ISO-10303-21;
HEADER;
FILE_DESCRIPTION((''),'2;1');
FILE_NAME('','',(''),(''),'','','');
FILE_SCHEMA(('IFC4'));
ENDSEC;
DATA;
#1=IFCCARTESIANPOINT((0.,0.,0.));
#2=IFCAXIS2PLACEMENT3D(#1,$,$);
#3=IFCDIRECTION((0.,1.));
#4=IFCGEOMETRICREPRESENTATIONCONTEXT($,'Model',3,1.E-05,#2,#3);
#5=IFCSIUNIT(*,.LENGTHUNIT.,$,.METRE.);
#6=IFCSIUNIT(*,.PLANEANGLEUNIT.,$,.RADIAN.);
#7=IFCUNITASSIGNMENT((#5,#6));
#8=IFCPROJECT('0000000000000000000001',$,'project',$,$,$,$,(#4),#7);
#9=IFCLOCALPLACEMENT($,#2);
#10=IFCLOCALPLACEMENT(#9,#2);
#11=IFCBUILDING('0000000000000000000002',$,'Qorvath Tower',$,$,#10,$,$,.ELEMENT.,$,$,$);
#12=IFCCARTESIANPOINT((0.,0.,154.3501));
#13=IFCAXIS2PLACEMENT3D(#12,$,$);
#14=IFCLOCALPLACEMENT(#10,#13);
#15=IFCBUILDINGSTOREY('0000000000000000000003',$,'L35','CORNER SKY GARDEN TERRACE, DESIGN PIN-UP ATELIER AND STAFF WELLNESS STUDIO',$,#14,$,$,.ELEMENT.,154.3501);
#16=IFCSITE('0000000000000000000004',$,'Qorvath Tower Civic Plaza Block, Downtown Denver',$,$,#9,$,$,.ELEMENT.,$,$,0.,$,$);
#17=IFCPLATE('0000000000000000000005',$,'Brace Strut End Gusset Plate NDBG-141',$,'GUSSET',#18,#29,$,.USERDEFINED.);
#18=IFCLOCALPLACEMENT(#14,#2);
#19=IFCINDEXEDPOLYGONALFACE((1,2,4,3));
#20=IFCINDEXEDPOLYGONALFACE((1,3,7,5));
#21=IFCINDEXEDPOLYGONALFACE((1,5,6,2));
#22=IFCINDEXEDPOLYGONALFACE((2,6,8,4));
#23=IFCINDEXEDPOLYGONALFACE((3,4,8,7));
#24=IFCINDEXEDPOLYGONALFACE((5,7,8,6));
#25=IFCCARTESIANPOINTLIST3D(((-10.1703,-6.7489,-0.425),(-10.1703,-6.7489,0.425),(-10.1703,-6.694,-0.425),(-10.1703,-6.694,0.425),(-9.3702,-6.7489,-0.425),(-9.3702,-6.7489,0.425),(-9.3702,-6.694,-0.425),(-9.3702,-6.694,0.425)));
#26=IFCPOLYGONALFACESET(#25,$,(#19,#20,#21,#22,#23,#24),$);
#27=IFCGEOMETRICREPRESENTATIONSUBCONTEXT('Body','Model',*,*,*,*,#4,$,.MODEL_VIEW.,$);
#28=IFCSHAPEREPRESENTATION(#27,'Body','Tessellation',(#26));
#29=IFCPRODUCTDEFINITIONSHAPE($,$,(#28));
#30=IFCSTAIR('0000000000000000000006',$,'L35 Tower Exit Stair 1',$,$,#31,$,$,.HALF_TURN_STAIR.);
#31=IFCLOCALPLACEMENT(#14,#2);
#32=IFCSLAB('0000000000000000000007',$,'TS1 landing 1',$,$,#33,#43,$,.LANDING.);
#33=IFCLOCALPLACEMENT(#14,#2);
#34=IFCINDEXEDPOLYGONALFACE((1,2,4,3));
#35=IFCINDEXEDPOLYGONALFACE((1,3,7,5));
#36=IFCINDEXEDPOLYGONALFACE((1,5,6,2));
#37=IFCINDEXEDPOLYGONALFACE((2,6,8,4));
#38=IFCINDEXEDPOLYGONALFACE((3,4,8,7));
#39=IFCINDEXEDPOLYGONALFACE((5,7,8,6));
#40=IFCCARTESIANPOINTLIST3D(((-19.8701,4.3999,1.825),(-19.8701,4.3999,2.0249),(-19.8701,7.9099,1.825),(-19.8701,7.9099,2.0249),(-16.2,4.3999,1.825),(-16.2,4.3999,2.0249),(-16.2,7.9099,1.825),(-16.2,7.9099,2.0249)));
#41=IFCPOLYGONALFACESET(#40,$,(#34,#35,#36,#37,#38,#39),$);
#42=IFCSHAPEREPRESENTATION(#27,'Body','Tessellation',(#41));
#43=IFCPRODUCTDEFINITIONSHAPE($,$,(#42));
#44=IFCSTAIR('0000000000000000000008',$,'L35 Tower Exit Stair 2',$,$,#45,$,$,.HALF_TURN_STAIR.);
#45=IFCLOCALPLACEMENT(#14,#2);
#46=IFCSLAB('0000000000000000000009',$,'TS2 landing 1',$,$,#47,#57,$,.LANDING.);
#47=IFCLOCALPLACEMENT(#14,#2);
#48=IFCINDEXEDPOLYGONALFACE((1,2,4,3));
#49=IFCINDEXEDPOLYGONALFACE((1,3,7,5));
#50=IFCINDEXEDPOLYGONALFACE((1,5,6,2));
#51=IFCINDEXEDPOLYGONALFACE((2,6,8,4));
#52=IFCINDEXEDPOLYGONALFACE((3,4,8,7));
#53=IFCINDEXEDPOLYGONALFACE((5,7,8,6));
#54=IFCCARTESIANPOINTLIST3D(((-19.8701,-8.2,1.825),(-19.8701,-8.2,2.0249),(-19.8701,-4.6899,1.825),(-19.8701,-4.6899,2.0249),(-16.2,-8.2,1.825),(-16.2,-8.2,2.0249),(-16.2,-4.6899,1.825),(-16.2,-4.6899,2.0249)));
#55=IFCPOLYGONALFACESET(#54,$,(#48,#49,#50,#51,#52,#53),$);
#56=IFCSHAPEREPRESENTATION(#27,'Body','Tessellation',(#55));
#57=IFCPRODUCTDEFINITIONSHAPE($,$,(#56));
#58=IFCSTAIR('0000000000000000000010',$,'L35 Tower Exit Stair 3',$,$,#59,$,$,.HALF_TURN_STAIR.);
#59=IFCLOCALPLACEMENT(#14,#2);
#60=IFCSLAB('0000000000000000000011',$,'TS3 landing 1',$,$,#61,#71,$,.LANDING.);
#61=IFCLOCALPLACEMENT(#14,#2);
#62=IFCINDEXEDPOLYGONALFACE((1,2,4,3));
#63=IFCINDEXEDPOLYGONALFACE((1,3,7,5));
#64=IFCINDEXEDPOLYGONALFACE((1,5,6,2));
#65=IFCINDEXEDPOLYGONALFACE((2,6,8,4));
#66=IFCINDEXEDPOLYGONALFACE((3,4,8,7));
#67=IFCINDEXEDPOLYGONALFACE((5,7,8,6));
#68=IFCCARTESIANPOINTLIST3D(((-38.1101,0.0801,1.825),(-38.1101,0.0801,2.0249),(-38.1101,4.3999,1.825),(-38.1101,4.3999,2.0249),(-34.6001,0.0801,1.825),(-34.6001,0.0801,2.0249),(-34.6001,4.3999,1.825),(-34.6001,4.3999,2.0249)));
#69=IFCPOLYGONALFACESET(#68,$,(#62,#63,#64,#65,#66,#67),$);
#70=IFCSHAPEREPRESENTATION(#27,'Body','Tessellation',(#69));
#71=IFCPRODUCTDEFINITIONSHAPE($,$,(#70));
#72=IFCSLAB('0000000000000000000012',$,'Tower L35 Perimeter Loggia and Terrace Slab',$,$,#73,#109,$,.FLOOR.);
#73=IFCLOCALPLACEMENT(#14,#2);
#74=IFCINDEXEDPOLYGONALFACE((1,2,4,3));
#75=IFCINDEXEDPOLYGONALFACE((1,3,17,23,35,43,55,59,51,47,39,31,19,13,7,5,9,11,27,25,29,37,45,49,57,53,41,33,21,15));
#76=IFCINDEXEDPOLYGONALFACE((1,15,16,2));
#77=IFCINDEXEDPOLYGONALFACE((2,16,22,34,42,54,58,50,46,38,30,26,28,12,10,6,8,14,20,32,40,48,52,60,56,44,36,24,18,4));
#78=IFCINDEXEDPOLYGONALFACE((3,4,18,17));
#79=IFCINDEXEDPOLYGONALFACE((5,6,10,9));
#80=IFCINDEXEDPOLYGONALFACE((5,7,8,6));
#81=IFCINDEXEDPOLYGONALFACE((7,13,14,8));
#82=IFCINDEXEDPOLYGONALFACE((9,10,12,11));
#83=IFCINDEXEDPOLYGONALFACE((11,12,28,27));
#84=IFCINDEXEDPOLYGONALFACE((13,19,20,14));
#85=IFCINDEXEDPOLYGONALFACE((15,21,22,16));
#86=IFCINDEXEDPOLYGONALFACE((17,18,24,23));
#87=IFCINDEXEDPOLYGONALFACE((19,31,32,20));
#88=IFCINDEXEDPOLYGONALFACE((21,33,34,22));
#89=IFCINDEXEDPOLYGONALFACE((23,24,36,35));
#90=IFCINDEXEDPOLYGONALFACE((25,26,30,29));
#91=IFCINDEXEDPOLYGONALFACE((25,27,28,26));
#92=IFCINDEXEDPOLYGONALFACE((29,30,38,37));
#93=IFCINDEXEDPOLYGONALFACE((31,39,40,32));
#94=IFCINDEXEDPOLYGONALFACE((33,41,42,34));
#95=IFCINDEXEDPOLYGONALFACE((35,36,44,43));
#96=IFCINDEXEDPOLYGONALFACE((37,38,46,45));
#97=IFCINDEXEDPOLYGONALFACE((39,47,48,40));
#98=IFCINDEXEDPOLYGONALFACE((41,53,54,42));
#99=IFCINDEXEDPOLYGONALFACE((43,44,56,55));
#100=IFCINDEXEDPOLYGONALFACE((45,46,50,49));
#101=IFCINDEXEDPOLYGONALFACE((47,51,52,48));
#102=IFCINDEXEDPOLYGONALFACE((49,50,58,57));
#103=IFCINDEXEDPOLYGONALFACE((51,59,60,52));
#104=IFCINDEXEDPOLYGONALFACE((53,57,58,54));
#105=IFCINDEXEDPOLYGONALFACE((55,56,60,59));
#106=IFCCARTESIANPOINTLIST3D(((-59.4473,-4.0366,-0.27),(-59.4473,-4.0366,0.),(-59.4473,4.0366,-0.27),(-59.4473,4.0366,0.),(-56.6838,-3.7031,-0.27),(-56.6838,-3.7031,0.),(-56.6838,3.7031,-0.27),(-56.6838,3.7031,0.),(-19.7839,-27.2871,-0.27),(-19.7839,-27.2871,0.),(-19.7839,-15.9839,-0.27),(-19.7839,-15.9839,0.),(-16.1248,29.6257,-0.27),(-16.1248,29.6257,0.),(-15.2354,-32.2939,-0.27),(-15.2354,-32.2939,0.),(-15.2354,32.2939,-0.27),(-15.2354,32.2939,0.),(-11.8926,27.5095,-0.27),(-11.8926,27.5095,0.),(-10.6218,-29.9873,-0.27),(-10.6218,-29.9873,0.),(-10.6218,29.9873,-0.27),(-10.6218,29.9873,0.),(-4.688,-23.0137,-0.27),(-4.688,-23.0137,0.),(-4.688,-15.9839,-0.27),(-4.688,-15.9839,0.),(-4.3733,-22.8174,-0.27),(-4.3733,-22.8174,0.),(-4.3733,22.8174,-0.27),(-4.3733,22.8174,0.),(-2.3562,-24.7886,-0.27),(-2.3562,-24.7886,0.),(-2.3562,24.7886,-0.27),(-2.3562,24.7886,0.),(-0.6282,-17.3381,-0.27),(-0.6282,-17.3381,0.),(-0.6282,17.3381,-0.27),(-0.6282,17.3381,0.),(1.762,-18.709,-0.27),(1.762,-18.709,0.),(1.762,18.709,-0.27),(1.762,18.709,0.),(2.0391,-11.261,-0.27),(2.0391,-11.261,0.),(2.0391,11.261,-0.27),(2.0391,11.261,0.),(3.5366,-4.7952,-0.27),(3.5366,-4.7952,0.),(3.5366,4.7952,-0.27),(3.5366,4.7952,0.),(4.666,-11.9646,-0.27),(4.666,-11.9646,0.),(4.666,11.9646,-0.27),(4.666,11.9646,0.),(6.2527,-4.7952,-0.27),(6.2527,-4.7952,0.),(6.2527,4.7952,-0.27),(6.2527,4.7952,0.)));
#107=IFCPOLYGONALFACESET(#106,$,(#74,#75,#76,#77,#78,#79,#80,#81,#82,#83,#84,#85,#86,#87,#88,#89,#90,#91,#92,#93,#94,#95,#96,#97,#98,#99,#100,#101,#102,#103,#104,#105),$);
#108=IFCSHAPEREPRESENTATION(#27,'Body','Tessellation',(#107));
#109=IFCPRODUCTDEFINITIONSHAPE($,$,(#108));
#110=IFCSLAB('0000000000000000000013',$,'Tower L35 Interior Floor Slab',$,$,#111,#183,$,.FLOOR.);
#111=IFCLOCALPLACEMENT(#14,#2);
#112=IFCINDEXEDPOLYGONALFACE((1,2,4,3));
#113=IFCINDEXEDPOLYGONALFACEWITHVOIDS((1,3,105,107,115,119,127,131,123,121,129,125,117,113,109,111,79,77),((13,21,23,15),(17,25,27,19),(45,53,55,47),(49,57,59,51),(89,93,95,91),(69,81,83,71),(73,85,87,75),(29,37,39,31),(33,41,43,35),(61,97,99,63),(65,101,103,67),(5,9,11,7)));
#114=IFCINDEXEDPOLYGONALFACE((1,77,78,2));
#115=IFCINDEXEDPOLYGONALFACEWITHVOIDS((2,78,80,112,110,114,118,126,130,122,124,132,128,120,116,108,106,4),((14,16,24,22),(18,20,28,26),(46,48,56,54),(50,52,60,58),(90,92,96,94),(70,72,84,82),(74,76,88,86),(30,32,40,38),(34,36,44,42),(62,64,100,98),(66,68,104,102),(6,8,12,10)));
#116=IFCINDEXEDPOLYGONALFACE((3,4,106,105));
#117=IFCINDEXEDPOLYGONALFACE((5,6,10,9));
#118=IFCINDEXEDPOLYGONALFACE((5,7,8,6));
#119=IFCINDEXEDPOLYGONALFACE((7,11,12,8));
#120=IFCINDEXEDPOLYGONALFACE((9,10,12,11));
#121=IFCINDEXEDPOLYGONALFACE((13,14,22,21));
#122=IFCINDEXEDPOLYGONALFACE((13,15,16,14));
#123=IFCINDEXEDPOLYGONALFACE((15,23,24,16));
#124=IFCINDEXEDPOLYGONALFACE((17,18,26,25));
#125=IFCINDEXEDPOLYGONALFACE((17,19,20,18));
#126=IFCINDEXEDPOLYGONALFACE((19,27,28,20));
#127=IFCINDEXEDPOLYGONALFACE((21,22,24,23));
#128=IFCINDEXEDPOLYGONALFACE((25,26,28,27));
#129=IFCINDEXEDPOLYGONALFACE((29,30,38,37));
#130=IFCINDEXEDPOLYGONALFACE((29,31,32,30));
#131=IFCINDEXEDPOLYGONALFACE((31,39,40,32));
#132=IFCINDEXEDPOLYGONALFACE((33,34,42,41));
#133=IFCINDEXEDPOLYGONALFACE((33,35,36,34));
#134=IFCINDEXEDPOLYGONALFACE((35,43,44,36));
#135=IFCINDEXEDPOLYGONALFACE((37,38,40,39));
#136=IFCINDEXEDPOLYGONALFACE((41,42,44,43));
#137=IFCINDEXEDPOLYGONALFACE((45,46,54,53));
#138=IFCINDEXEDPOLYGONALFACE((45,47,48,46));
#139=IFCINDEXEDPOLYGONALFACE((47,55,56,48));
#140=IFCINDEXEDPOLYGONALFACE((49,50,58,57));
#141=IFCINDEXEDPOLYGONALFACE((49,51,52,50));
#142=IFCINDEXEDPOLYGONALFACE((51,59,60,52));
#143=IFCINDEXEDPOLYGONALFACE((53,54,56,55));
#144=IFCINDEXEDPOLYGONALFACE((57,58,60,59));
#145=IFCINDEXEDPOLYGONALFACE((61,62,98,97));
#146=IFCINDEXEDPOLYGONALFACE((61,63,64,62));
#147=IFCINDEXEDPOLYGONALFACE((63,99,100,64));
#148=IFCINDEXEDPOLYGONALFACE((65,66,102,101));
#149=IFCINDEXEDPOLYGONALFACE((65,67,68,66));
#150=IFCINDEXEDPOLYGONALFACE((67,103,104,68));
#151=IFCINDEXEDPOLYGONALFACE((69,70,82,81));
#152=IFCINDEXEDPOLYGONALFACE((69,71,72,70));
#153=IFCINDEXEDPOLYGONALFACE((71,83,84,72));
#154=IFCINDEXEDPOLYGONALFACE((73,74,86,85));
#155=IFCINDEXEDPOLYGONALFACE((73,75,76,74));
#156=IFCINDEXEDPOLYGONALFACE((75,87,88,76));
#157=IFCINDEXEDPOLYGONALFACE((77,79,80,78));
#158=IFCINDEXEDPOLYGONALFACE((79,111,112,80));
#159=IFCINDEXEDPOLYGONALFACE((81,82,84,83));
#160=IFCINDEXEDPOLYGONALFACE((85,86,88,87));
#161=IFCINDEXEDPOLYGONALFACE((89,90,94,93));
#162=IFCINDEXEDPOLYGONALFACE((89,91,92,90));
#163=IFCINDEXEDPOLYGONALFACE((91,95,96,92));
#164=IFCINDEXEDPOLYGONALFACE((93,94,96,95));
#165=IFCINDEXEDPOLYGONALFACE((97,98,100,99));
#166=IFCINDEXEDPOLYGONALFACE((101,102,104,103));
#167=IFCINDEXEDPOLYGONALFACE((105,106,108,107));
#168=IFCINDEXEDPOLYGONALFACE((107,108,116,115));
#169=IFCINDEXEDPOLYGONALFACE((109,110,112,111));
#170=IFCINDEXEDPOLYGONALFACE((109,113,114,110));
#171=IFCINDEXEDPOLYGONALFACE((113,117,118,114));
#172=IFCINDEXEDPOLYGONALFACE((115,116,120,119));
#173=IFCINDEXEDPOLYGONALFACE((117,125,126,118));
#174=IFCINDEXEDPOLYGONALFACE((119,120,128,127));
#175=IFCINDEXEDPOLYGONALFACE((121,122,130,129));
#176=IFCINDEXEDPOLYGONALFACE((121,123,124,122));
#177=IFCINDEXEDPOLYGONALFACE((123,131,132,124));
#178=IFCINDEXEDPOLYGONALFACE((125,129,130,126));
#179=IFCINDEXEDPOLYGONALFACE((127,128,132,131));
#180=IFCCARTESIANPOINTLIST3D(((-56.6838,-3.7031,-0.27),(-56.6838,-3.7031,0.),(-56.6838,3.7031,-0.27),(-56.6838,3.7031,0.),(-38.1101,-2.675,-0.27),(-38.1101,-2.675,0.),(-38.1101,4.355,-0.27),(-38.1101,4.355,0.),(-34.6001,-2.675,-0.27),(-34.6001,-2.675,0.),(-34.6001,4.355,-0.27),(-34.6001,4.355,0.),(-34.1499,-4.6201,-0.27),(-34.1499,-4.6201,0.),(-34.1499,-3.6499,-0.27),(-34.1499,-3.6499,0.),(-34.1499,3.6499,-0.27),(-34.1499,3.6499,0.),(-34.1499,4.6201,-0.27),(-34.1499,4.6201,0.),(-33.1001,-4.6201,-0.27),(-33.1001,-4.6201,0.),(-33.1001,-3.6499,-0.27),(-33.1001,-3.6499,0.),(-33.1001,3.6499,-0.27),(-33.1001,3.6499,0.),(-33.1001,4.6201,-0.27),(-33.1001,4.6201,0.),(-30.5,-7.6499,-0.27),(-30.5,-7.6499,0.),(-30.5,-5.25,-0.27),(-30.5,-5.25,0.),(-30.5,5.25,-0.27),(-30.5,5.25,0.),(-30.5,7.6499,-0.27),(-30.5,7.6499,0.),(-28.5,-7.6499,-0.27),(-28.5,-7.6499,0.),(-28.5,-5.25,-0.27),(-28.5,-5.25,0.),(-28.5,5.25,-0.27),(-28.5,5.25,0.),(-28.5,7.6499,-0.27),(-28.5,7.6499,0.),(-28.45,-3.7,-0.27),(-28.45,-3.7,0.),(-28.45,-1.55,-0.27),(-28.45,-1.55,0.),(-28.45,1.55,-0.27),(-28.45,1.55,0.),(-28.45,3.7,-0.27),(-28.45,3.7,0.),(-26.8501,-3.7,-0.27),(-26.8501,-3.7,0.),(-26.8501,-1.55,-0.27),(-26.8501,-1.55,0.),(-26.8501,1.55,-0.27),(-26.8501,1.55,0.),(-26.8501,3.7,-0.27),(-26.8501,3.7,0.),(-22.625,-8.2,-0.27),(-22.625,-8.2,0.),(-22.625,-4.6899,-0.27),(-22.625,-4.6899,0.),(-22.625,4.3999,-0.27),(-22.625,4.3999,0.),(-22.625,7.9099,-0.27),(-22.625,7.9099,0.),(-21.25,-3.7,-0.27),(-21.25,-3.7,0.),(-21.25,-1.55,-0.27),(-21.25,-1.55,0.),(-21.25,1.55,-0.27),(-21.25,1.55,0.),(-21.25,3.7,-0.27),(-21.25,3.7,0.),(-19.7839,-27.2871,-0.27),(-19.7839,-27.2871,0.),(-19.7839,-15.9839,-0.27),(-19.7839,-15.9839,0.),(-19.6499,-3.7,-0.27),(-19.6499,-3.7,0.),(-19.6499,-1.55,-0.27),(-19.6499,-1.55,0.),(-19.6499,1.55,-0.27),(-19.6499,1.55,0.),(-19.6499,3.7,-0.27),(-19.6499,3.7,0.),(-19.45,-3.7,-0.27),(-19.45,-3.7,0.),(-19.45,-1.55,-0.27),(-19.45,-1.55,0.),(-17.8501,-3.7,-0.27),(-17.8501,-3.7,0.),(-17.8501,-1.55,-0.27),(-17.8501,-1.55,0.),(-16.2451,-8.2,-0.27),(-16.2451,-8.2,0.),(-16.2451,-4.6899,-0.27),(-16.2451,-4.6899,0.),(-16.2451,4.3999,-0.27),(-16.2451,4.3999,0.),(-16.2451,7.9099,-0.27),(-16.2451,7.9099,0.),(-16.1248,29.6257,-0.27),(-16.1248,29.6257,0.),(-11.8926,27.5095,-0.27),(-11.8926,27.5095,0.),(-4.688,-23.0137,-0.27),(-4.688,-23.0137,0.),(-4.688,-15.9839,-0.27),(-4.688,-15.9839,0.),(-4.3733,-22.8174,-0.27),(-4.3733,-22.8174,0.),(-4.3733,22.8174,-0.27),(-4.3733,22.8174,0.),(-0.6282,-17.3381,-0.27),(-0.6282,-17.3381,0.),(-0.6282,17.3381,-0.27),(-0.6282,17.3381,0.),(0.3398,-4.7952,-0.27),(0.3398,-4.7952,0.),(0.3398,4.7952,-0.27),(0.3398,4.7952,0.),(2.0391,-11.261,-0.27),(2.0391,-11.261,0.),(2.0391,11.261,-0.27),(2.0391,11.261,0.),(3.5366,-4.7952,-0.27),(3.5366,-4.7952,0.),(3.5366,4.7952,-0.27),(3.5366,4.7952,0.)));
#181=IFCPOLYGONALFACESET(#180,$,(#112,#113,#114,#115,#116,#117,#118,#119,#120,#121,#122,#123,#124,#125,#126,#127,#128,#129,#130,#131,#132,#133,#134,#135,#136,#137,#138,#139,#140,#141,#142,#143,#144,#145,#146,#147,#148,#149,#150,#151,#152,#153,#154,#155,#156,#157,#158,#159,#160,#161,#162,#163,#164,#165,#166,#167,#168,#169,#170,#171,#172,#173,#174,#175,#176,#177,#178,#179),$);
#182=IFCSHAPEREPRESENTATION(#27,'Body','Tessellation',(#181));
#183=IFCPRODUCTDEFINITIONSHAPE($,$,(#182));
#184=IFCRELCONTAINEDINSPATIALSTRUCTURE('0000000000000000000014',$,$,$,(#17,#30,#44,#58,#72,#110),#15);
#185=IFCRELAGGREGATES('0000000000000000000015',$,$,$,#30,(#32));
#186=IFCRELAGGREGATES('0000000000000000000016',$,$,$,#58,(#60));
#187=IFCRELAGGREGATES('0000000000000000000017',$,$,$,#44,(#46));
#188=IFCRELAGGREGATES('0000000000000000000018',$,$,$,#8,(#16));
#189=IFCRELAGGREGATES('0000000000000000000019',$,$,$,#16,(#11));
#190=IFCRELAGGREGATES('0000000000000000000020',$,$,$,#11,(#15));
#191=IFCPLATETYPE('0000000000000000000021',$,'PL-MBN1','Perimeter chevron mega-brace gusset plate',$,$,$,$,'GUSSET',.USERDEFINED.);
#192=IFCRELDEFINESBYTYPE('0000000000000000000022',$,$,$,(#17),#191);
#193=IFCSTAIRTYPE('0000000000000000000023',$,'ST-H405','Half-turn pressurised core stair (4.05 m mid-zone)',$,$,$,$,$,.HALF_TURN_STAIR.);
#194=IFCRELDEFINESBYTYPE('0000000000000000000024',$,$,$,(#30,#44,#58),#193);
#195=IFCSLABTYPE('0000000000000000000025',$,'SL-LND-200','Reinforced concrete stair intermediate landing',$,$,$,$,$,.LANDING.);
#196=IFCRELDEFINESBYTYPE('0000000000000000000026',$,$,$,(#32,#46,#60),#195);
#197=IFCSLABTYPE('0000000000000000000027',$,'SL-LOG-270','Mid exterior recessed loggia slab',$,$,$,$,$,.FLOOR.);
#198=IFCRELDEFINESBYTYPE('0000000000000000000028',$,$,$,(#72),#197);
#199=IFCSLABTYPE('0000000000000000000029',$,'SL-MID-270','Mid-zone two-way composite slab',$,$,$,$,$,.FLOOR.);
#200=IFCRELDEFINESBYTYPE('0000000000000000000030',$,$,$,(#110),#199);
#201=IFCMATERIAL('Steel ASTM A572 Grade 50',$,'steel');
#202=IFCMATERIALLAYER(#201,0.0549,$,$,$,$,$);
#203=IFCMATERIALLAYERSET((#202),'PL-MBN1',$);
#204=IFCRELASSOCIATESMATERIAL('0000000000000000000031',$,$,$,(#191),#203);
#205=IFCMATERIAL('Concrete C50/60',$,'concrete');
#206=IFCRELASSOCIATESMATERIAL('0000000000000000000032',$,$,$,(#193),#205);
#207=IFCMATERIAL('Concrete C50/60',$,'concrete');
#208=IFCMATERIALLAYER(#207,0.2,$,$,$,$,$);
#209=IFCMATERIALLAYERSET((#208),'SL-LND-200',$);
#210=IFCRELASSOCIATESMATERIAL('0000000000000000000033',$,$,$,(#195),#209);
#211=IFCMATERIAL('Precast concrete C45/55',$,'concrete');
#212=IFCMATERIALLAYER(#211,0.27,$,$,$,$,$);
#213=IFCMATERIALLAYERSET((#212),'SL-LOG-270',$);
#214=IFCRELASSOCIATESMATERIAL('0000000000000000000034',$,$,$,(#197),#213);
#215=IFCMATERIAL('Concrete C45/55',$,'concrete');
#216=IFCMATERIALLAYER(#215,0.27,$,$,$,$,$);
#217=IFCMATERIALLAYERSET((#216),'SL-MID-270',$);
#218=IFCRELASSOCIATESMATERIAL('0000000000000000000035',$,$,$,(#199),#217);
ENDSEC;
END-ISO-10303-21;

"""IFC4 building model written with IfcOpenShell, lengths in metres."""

from ifc_helpers import new_model, si_unit, direction, frame, origin, origin_2d, place, context, subcontext, project, spatial, polyline, rectangle, outline, extrude, material, layer, layer_set, type_object, element, aggregate, save


model = new_model("IFC4")

# Units and contexts
model_context = context("Model", 3, precision=1e-05, world=origin(), true_north=direction((0.0, 1.0)))
body_context = subcontext(model_context, "Body", "Model", "MODEL_VIEW")
ifc_project = project(units=[si_unit("LENGTHUNIT", "METRE"), si_unit("PLANEANGLEUNIT", "RADIAN")], contexts=[model_context])

# Site, building, storey
site_placement = place(None, origin())
site = spatial("IfcSite", under=ifc_project, at=site_placement, Name="Qorvath Tower Civic Plaza Block, Downtown Denver", CompositionType="ELEMENT", RefElevation=0.0)
building_placement = place(site_placement, origin())
building = spatial("IfcBuilding", under=site, at=building_placement, Name="Qorvath Tower", CompositionType="ELEMENT")
storey_placement = place(building_placement, frame((0.0, 0.0, 154.3501)))
storey = spatial("IfcBuildingStorey", under=building, at=storey_placement, Name="L35", Description="CORNER SKY GARDEN TERRACE, DESIGN PIN-UP ATELIER AND STAFF WELLNESS STUDIO", CompositionType="ELEMENT", Elevation=154.3501)

# Plate
ifc_material_1 = material(Name="Steel ASTM A572 Grade 50", Category="steel")
ifc_layer_1 = layer(ifc_material_1, 0.0549)
ifc_layer_set_1 = layer_set([ifc_layer_1], Name="PL-MBN1")
plate_type = type_object("IfcPlateType", Name="PL-MBN1", Description="Perimeter chevron mega-brace gusset plate", ElementType="GUSSET", PredefinedType="USERDEFINED", material=ifc_layer_set_1)
plate_placement = place(storey_placement, frame((-9.7703, -6.7214, -0.425), z_axis=(0.0, 0.0, 1.0), x_axis=(1.0, 0.0, 0.0)))
element("IfcPlate", 1, at=plate_placement, inside=storey, type_object=plate_type, Name="Brace Strut End Gusset Plate NDBG-141", ObjectType="GUSSET", PredefinedType="USERDEFINED", context=body_context, shape_type="SweptSolid", body=[
    extrude(rectangle(XDim=0.8, YDim=0.0549, at=origin_2d()), origin(), (0.0, 0.0, 1.0), 0.8501),
])

# Stairs, slabs
ifc_material_2 = material(Name="Concrete C50/60", Category="concrete")
stair_type = type_object("IfcStairType", Name="ST-H405", Description="Half-turn pressurised core stair (4.05 m mid-zone)", PredefinedType="HALF_TURN_STAIR", material=ifc_material_2)
stair_1_placement = place(storey_placement, origin())
stair_1 = element("IfcStair", 2, at=stair_1_placement, inside=storey, type_object=stair_type, Name="L35 Tower Exit Stair 1", PredefinedType="HALF_TURN_STAIR")
ifc_material_3 = material(Name="Concrete C50/60", Category="concrete")
ifc_layer_2 = layer(ifc_material_3, 0.2)
ifc_layer_set_2 = layer_set([ifc_layer_2], Name="SL-LND-200")
slab_type_1 = type_object("IfcSlabType", Name="SL-LND-200", Description="Reinforced concrete stair intermediate landing", PredefinedType="LANDING", material=ifc_layer_set_2)
slab_1_placement = place(storey_placement, frame((0.0, 0.0, 1.825)))
slab_1 = element("IfcSlab", 3, at=slab_1_placement, type_object=slab_type_1, Name="TS1 landing 1", PredefinedType="LANDING", context=body_context, shape_type="SweptSolid", body=[
    extrude(outline(polyline([(-19.8701, 4.3999), (-16.2, 4.3999), (-16.2, 7.9099), (-19.8701, 7.9099), (-19.8701, 4.3999)])), origin(), (0.0, 0.0, 1.0), 0.2),
])
aggregate(stair_1, [slab_1])
stair_2_placement = place(storey_placement, origin())
stair_2 = element("IfcStair", 4, at=stair_2_placement, inside=storey, type_object=stair_type, Name="L35 Tower Exit Stair 2", PredefinedType="HALF_TURN_STAIR")
slab_2_placement = place(storey_placement, frame((0.0, 0.0, 1.825)))
slab_2 = element("IfcSlab", 5, at=slab_2_placement, type_object=slab_type_1, Name="TS2 landing 1", PredefinedType="LANDING", context=body_context, shape_type="SweptSolid", body=[
    extrude(outline(polyline([(-19.8701, -8.2), (-16.2, -8.2), (-16.2, -4.6899), (-19.8701, -4.6899), (-19.8701, -8.2)])), origin(), (0.0, 0.0, 1.0), 0.2),
])
stair_3_placement = place(storey_placement, origin())
stair_3 = element("IfcStair", 6, at=stair_3_placement, inside=storey, type_object=stair_type, Name="L35 Tower Exit Stair 3", PredefinedType="HALF_TURN_STAIR")
slab_3_placement = place(storey_placement, frame((0.0, 0.0, 1.825)))
slab_3 = element("IfcSlab", 7, at=slab_3_placement, type_object=slab_type_1, Name="TS3 landing 1", PredefinedType="LANDING", context=body_context, shape_type="SweptSolid", body=[
    extrude(outline(polyline([(-34.6001, 0.0801), (-34.6001, 4.3999), (-38.1101, 4.3999), (-38.1101, 0.0801), (-34.6001, 0.0801)])), origin(), (0.0, 0.0, 1.0), 0.2),
])
aggregate(stair_3, [slab_3])

# Slabs
ifc_material_4 = material(Name="Precast concrete C45/55", Category="concrete")
ifc_layer_3 = layer(ifc_material_4, 0.27)
ifc_layer_set_3 = layer_set([ifc_layer_3], Name="SL-LOG-270")
slab_type_2 = type_object("IfcSlabType", Name="SL-LOG-270", Description="Mid exterior recessed loggia slab", PredefinedType="FLOOR", material=ifc_layer_set_3)
slab_4_placement = place(storey_placement, frame((0.0, 0.0, -0.27)))
element("IfcSlab", 8, at=slab_4_placement, inside=storey, type_object=slab_type_2, Name="Tower L35 Perimeter Loggia and Terrace Slab", PredefinedType="FLOOR", context=body_context, shape_type="SweptSolid", body=[
    extrude(outline(polyline([(3.5366, -4.7952), (2.0391, -11.261), (-0.6282, -17.3381), (-4.3733, -22.8174), (-4.688, -23.0137), (-4.688, -15.9839), (-19.7839, -15.9839), (-19.7839, -27.2871), (-56.6838, -3.7031), (-56.6838, 3.7031), (-16.1248, 29.6257), (-11.8926, 27.5095), (-4.3733, 22.8174), (-0.6282, 17.3381), (2.0391, 11.261), (3.5366, 4.7952), (6.2527, 4.7952), (4.666, 11.9646), (1.762, 18.709), (-2.3562, 24.7886), (-10.6218, 29.9873), (-15.2354, 32.2939), (-59.4473, 4.0366), (-59.4473, -4.0366), (-15.2354, -32.2939), (-10.6218, -29.9873), (-2.3562, -24.7886), (1.762, -18.709), (4.666, -11.9646), (6.2527, -4.7952), (3.5366, -4.7952)])), origin(), (0.0, 0.0, 1.0), 0.27),
])
ifc_material_5 = material(Name="Concrete C45/55", Category="concrete")
ifc_layer_4 = layer(ifc_material_5, 0.27)
ifc_layer_set_4 = layer_set([ifc_layer_4], Name="SL-MID-270")
slab_type_3 = type_object("IfcSlabType", Name="SL-MID-270", Description="Mid-zone two-way composite slab", PredefinedType="FLOOR", material=ifc_layer_set_4)
slab_5_placement = place(storey_placement, frame((0.0, 0.0, -0.27)))
element("IfcSlab", 9, at=slab_5_placement, inside=storey, type_object=slab_type_3, Name="Tower L35 Interior Floor Slab", PredefinedType="FLOOR", context=body_context, shape_type="SweptSolid", body=[
    extrude(outline(polyline([(-56.6838, -3.7031), (-19.7839, -27.2871), (-19.7839, -15.9839), (-4.688, -15.9839), (-4.688, -23.0137), (-4.3733, -22.8174), (-0.6282, -17.3381), (2.0391, -11.261), (3.5366, -4.7952), (0.3398, -4.7952), (0.3398, 4.7952), (3.5366, 4.7952), (2.0391, 11.261), (-0.6282, 17.3381), (-4.3733, 22.8174), (-11.8926, 27.5095), (-16.1248, 29.6257), (-56.6838, 3.7031), (-56.6838, -3.7031)]), holes=[polyline([(-16.2451, -8.2), (-22.625, -8.2), (-22.625, -4.6899), (-16.2451, -4.6899), (-16.2451, -8.2)]), polyline([(-22.625, 4.3999), (-22.625, 7.9099), (-16.2451, 7.9099), (-16.2451, 4.3999), (-22.625, 4.3999)]), polyline([(-17.8501, -3.7), (-19.45, -3.7), (-19.45, -1.55), (-17.8501, -1.55), (-17.8501, -3.7)]), polyline([(-21.25, -3.7), (-21.25, -1.55), (-19.6499, -1.55), (-19.6499, -3.7), (-21.25, -3.7)]), polyline([(-21.25, 1.55), (-21.25, 3.7), (-19.6499, 3.7), (-19.6499, 1.55), (-21.25, 1.55)]), polyline([(-28.45, -3.7), (-28.45, -1.55), (-26.8501, -1.55), (-26.8501, -3.7), (-28.45, -3.7)]), polyline([(-26.8501, 1.55), (-28.45, 1.55), (-28.45, 3.7), (-26.8501, 3.7), (-26.8501, 1.55)]), polyline([(-28.5, -7.6499), (-30.5, -7.6499), (-30.5, -5.25), (-28.5, -5.25), (-28.5, -7.6499)]), polyline([(-30.5, 5.25), (-30.5, 7.6499), (-28.5, 7.6499), (-28.5, 5.25), (-30.5, 5.25)]), polyline([(-34.1499, -4.6201), (-34.1499, -3.6499), (-33.1001, -3.6499), (-33.1001, -4.6201), (-34.1499, -4.6201)]), polyline([(-34.1499, 3.6499), (-34.1499, 4.6201), (-33.1001, 4.6201), (-33.1001, 3.6499), (-34.1499, 3.6499)]), polyline([(-34.6001, -2.675), (-38.1101, -2.675), (-38.1101, 4.355), (-34.6001, 4.355), (-34.6001, -2.675)])]), origin(), (0.0, 0.0, 1.0), 0.27),
])

aggregate(stair_2, [slab_2])

save(model, "model.ifc")
